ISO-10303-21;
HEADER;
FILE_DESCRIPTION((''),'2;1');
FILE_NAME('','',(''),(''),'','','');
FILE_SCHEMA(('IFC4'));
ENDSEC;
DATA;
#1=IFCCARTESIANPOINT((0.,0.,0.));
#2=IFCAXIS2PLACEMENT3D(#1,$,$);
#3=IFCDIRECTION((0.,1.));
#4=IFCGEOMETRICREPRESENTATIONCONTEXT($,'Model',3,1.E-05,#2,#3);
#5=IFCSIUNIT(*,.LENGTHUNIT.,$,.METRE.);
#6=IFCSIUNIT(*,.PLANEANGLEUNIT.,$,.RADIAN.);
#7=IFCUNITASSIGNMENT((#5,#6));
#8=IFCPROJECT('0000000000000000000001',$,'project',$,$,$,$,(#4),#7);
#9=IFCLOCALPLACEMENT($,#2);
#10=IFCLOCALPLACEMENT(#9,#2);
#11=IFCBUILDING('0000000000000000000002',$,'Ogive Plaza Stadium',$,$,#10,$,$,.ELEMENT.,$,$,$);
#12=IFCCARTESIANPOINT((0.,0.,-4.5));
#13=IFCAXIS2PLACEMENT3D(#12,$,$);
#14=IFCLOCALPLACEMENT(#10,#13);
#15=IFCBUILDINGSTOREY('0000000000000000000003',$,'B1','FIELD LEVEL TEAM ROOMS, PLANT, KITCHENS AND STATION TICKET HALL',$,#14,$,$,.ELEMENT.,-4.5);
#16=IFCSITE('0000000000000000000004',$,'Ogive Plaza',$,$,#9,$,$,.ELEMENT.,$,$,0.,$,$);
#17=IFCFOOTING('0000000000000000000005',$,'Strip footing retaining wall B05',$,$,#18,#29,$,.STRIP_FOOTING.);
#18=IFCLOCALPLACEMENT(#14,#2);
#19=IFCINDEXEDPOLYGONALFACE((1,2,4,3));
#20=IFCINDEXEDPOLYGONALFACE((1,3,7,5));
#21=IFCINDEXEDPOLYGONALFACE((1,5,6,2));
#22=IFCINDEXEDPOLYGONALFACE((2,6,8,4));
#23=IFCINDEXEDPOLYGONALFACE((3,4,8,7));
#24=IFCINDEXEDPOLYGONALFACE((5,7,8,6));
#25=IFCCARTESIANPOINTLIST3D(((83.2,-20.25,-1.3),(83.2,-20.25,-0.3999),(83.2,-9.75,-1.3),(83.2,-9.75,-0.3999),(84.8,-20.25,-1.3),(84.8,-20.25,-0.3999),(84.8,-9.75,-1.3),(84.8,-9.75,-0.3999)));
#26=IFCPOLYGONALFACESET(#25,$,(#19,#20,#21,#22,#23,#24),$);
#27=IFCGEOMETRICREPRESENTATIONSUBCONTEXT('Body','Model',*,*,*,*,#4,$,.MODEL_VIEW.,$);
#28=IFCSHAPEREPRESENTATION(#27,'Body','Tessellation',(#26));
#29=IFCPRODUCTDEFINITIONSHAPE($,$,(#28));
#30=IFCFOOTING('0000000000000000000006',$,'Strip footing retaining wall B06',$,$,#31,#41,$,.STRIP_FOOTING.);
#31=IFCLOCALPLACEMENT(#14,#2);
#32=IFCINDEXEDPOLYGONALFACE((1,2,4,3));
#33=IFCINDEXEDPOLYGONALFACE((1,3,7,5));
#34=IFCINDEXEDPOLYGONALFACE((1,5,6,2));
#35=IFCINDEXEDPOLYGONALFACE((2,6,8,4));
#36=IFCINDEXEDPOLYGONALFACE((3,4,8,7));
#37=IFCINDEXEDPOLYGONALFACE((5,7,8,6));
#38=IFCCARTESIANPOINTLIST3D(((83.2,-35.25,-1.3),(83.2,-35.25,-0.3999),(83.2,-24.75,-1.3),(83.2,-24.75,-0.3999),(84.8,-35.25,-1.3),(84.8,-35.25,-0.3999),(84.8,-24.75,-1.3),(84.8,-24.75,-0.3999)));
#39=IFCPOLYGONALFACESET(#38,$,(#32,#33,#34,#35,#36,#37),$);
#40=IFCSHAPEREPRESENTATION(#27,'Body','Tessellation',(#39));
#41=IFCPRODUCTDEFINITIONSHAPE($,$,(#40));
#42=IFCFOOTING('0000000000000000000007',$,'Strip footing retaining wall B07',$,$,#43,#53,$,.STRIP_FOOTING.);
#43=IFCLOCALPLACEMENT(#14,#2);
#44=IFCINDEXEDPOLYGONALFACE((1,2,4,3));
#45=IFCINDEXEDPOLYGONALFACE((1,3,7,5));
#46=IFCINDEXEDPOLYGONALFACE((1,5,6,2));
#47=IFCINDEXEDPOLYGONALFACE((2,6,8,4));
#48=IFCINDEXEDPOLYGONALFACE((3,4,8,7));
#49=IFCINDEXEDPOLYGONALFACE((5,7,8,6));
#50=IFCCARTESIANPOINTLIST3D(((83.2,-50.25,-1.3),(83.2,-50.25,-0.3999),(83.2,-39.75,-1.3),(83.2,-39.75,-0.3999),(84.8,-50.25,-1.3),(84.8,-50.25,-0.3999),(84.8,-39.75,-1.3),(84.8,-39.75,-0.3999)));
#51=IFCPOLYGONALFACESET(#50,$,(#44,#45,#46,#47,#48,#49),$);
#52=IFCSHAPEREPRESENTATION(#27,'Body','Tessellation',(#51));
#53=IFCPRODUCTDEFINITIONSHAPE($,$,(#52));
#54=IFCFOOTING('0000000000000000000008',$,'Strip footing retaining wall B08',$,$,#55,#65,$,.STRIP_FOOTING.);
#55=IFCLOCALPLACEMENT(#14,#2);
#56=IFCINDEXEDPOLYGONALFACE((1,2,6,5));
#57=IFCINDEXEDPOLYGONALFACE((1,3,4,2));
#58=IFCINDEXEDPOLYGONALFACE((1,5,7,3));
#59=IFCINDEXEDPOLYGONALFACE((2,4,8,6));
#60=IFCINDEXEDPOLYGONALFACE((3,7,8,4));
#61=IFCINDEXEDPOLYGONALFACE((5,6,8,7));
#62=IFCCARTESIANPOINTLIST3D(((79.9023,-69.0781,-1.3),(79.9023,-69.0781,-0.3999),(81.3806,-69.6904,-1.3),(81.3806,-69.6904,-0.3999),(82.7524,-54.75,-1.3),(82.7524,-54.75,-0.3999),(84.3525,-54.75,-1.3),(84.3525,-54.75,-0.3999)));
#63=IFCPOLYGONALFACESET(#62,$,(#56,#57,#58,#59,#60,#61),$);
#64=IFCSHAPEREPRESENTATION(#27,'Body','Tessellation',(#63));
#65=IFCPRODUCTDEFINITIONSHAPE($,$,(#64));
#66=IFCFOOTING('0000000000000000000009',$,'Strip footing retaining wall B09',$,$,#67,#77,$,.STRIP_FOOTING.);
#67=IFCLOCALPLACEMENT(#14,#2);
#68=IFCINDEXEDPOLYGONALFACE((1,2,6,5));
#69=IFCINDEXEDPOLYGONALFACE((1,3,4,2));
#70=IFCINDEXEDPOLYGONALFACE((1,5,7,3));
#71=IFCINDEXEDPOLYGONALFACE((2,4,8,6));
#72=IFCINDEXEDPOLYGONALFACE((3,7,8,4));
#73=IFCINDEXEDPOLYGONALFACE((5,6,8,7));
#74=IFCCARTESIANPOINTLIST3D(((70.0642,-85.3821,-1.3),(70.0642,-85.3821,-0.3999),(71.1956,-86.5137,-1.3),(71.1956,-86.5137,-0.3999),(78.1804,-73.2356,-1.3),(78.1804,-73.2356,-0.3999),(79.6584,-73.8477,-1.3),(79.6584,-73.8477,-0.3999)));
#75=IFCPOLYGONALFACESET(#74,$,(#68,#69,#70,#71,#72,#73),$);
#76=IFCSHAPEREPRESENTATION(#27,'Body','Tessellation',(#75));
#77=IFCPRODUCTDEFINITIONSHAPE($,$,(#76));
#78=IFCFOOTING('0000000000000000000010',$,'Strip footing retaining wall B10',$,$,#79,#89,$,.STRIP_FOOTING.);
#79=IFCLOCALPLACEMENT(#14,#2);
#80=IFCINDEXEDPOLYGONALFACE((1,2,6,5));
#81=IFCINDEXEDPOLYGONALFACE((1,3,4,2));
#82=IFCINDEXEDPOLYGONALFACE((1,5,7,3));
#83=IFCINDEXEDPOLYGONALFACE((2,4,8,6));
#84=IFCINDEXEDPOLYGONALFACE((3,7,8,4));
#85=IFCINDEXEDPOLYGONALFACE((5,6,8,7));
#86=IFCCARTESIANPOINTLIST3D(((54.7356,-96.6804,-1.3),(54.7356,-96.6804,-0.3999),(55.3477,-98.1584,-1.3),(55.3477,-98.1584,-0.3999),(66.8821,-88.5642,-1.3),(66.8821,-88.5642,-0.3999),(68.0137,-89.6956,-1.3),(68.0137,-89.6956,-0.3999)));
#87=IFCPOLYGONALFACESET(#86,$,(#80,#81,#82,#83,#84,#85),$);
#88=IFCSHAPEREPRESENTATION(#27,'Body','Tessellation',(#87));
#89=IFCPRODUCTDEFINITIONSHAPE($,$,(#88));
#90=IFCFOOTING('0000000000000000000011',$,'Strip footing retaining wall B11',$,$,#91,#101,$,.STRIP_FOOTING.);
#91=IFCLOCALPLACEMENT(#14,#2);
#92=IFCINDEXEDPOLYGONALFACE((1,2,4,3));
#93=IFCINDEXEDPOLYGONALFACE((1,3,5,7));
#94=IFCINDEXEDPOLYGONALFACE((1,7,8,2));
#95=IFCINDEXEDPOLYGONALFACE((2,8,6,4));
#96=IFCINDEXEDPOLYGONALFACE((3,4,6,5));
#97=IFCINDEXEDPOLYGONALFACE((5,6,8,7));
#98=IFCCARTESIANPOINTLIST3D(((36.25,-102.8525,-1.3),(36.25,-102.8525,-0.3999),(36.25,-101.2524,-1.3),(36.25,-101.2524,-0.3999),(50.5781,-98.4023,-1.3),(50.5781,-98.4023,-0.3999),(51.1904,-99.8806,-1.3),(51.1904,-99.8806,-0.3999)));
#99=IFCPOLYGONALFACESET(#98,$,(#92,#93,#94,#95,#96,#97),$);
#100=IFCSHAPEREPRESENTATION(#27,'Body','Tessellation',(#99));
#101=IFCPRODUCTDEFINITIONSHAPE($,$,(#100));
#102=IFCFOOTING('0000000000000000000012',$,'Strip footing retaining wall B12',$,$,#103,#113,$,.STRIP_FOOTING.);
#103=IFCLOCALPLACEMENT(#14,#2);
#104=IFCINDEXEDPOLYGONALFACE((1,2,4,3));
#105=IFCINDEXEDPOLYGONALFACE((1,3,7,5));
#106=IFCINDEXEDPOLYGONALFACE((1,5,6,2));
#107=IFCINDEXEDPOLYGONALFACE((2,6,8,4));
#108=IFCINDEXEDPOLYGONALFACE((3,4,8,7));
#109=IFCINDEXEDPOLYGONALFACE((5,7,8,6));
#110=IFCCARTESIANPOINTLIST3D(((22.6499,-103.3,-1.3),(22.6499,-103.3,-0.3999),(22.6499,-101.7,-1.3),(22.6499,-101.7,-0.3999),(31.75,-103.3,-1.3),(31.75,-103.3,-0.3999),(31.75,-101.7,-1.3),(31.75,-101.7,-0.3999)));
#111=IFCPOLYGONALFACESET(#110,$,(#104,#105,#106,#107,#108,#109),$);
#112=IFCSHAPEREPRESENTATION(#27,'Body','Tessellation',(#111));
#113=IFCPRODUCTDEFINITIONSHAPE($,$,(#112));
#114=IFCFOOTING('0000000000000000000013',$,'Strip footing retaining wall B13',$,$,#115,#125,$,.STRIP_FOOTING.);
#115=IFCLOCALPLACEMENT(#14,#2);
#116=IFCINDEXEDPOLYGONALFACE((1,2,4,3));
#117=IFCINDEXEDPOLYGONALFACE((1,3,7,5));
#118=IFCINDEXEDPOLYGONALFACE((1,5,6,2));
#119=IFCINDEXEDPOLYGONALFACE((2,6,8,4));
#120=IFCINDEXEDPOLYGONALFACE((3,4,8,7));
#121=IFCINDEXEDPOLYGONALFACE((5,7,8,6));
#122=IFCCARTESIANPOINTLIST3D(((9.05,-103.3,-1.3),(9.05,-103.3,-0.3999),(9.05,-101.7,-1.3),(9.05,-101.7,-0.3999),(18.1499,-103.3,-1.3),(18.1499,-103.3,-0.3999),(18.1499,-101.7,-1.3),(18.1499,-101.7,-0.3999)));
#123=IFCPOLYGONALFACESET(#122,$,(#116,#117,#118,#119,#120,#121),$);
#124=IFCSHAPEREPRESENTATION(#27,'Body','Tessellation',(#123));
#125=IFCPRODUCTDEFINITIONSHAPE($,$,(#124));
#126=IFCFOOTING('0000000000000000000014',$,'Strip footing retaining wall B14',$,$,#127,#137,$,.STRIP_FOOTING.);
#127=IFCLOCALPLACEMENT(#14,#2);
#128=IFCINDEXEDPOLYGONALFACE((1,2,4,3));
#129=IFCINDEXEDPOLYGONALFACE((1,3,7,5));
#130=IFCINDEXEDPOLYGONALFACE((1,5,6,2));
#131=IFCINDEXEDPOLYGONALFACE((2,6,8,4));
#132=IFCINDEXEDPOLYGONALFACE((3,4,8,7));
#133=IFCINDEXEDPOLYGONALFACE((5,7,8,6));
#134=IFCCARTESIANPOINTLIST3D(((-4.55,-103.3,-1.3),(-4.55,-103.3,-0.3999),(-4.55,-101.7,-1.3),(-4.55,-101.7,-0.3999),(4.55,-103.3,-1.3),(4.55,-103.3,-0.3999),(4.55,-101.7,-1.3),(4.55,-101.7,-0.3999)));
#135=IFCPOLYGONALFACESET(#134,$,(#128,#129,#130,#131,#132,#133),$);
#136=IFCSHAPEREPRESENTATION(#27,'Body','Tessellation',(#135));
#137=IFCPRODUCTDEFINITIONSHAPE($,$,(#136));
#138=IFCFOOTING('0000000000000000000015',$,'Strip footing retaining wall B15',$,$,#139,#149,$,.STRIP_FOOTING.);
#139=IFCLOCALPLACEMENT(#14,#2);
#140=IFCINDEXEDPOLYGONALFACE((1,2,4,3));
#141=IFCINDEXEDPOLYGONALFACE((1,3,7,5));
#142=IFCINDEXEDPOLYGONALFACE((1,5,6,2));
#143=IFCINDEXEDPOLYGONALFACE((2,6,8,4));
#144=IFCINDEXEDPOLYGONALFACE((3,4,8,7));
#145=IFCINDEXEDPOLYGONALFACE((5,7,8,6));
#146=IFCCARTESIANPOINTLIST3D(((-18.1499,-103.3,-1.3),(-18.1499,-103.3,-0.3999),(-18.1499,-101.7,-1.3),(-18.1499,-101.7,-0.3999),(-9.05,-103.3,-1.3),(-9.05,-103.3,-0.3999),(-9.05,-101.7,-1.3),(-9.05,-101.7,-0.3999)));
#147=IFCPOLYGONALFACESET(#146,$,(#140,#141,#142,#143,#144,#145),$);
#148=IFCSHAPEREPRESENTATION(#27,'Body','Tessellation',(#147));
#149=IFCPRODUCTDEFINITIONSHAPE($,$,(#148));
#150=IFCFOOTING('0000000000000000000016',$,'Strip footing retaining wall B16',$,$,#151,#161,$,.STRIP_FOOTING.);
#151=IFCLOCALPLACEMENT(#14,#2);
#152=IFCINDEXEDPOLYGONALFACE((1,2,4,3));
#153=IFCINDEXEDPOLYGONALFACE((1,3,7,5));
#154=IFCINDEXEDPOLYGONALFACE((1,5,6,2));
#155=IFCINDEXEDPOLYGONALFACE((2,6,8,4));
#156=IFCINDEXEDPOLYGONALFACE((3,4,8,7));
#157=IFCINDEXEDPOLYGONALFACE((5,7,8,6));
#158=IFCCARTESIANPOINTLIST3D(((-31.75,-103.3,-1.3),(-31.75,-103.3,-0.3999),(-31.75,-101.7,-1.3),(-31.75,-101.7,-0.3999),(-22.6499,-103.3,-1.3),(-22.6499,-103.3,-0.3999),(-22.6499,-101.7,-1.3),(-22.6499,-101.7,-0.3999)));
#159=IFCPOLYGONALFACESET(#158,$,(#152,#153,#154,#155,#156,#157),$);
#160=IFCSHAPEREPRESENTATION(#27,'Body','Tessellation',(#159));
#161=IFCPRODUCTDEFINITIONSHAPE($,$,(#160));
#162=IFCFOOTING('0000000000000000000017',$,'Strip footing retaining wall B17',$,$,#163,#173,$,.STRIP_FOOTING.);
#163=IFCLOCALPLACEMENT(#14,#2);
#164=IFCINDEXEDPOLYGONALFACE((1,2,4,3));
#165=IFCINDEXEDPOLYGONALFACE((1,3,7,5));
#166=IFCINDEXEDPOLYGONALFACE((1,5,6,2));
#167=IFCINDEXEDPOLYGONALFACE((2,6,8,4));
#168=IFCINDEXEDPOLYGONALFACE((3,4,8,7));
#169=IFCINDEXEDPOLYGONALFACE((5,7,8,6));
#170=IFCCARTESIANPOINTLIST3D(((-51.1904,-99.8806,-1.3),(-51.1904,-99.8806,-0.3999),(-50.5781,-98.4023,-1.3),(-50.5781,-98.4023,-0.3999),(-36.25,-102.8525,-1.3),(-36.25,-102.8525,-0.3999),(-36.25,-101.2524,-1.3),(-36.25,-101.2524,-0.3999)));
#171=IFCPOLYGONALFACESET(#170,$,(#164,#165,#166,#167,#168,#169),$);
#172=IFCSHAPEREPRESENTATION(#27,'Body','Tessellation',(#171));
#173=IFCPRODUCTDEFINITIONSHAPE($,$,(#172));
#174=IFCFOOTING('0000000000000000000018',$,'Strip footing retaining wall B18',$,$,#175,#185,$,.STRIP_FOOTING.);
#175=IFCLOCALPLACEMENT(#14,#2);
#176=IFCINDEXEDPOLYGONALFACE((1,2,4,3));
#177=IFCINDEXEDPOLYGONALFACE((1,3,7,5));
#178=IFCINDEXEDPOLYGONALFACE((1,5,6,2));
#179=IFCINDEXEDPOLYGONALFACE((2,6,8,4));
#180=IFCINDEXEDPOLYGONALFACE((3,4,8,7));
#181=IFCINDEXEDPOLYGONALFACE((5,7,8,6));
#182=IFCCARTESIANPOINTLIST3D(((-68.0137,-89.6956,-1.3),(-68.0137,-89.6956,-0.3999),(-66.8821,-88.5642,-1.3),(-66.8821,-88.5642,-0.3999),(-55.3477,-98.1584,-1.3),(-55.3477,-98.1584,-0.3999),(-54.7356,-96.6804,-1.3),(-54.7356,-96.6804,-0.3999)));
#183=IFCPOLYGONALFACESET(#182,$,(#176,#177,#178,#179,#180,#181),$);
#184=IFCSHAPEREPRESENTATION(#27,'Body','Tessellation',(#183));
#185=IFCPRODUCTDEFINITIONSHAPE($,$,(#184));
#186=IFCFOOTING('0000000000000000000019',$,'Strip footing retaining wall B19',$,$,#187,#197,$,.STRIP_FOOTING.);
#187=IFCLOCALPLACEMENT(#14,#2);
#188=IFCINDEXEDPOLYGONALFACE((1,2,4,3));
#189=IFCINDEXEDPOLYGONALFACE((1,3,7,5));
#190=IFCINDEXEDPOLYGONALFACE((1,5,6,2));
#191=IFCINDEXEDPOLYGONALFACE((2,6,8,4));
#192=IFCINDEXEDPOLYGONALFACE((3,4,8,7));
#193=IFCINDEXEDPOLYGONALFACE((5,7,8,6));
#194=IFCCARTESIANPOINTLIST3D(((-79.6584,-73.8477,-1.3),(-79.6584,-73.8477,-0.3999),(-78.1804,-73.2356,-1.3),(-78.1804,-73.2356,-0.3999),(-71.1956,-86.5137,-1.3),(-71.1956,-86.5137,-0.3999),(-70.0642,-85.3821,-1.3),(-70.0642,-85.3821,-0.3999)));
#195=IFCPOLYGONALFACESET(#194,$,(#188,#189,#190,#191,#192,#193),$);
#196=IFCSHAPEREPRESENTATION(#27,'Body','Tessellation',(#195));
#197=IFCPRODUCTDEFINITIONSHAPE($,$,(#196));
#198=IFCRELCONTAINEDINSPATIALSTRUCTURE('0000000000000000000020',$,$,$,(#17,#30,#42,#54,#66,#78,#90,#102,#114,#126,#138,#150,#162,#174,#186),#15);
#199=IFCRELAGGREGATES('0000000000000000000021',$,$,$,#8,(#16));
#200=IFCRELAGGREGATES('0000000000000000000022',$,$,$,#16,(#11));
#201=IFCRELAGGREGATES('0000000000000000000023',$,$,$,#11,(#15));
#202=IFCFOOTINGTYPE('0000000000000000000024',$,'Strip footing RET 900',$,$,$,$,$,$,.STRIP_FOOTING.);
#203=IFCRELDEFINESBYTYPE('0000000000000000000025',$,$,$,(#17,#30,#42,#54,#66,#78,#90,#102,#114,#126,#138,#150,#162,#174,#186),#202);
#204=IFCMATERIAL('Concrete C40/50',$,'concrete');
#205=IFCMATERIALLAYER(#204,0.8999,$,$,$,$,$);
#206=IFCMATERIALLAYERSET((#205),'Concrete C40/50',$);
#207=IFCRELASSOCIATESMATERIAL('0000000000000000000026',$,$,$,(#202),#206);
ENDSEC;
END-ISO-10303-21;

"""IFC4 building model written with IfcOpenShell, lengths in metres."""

from ifc_helpers import new_model, si_unit, direction, frame, origin, place, context, subcontext, project, spatial, polyline, outline, extrude, material, layer, layer_set, type_object, element, save


model = new_model("IFC4")

# Units and contexts
model_context = context("Model", 3, precision=1e-05, world=origin(), true_north=direction((0.0, 1.0)))
body_context = subcontext(model_context, "Body", "Model", "MODEL_VIEW")
ifc_project = project(units=[si_unit("LENGTHUNIT", "METRE"), si_unit("PLANEANGLEUNIT", "RADIAN")], contexts=[model_context])

# Site, building, storey
site_placement = place(None, origin())
site = spatial("IfcSite", under=ifc_project, at=site_placement, Name="Ogive Plaza", CompositionType="ELEMENT", RefElevation=0.0)
building_placement = place(site_placement, origin())
building = spatial("IfcBuilding", under=site, at=building_placement, Name="Ogive Plaza Stadium", CompositionType="ELEMENT")
storey_placement = place(building_placement, frame((0.0, 0.0, -4.5)))
storey = spatial("IfcBuildingStorey", under=building, at=storey_placement, Name="B1", Description="FIELD LEVEL TEAM ROOMS, PLANT, KITCHENS AND STATION TICKET HALL", CompositionType="ELEMENT", Elevation=-4.5)

# Footings
ifc_material_1 = material(Name="Concrete C40/50", Category="concrete")
ifc_layer_1 = layer(ifc_material_1, 0.8999)
ifc_layer_set_1 = layer_set([ifc_layer_1], Name="Concrete C40/50")
footing_type_1 = type_object("IfcFootingType", Name="Strip footing RET 900", PredefinedType="STRIP_FOOTING", material=ifc_layer_set_1)
footing_1_placement = place(storey_placement, frame((0.0, 0.0, -1.3)))
element("IfcFooting", 1, at=footing_1_placement, inside=storey, type_object=footing_type_1, Name="Strip footing retaining wall B05", PredefinedType="STRIP_FOOTING", context=body_context, shape_type="SweptSolid", body=[
    extrude(outline(polyline([(83.2, -20.25), (84.8, -20.25), (84.8, -9.75), (83.2, -9.75), (83.2, -20.25)])), origin(), (0.0, 0.0, 1.0), 0.9001),
])
footing_2_placement = place(storey_placement, frame((0.0, 0.0, -1.3)))
element("IfcFooting", 2, at=footing_2_placement, inside=storey, type_object=footing_type_1, Name="Strip footing retaining wall B06", PredefinedType="STRIP_FOOTING", context=body_context, shape_type="SweptSolid", body=[
    extrude(outline(polyline([(83.2, -35.25), (84.8, -35.25), (84.8, -24.75), (83.2, -24.75), (83.2, -35.25)])), origin(), (0.0, 0.0, 1.0), 0.9001),
])
footing_3_placement = place(storey_placement, frame((0.0, 0.0, -1.3)))
element("IfcFooting", 3, at=footing_3_placement, inside=storey, type_object=footing_type_1, Name="Strip footing retaining wall B07", PredefinedType="STRIP_FOOTING", context=body_context, shape_type="SweptSolid", body=[
    extrude(outline(polyline([(83.2, -50.25), (84.8, -50.25), (84.8, -39.75), (83.2, -39.75), (83.2, -50.25)])), origin(), (0.0, 0.0, 1.0), 0.9001),
])
footing_4_placement = place(storey_placement, frame((0.0, 0.0, -1.3)))
element("IfcFooting", 4, at=footing_4_placement, inside=storey, type_object=footing_type_1, Name="Strip footing retaining wall B08", PredefinedType="STRIP_FOOTING", context=body_context, shape_type="SweptSolid", body=[
    extrude(outline(polyline([(79.9023, -69.0781), (81.3806, -69.6904), (84.3525, -54.75), (82.7524, -54.75), (79.9023, -69.0781)])), origin(), (0.0, 0.0, 1.0), 0.9001),
])
footing_5_placement = place(storey_placement, frame((0.0, 0.0, -1.3)))
element("IfcFooting", 5, at=footing_5_placement, inside=storey, type_object=footing_type_1, Name="Strip footing retaining wall B09", PredefinedType="STRIP_FOOTING", context=body_context, shape_type="SweptSolid", body=[
    extrude(outline(polyline([(70.0642, -85.3821), (71.1956, -86.5137), (79.6584, -73.8477), (78.1804, -73.2356), (70.0642, -85.3821)])), origin(), (0.0, 0.0, 1.0), 0.9001),
])
footing_6_placement = place(storey_placement, frame((0.0, 0.0, -1.3)))
element("IfcFooting", 6, at=footing_6_placement, inside=storey, type_object=footing_type_1, Name="Strip footing retaining wall B10", PredefinedType="STRIP_FOOTING", context=body_context, shape_type="SweptSolid", body=[
    extrude(outline(polyline([(54.7356, -96.6804), (55.3477, -98.1584), (68.0137, -89.6956), (66.8821, -88.5642), (54.7356, -96.6804)])), origin(), (0.0, 0.0, 1.0), 0.9001),
])
footing_7_placement = place(storey_placement, frame((0.0, 0.0, -1.3)))
element("IfcFooting", 7, at=footing_7_placement, inside=storey, type_object=footing_type_1, Name="Strip footing retaining wall B11", PredefinedType="STRIP_FOOTING", context=body_context, shape_type="SweptSolid", body=[
    extrude(outline(polyline([(36.25, -101.2524), (36.25, -102.8525), (51.1904, -99.8806), (50.5781, -98.4023), (36.25, -101.2524)])), origin(), (0.0, 0.0, 1.0), 0.9001),
])
footing_8_placement = place(storey_placement, frame((0.0, 0.0, -1.3)))
element("IfcFooting", 8, at=footing_8_placement, inside=storey, type_object=footing_type_1, Name="Strip footing retaining wall B12", PredefinedType="STRIP_FOOTING", context=body_context, shape_type="SweptSolid", body=[
    extrude(outline(polyline([(22.6499, -101.7), (22.6499, -103.3), (31.75, -103.3), (31.75, -101.7), (22.6499, -101.7)])), origin(), (0.0, 0.0, 1.0), 0.9001),
])
footing_9_placement = place(storey_placement, frame((0.0, 0.0, -1.3)))
element("IfcFooting", 9, at=footing_9_placement, inside=storey, type_object=footing_type_1, Name="Strip footing retaining wall B13", PredefinedType="STRIP_FOOTING", context=body_context, shape_type="SweptSolid", body=[
    extrude(outline(polyline([(9.05, -101.7), (9.05, -103.3), (18.1499, -103.3), (18.1499, -101.7), (9.05, -101.7)])), origin(), (0.0, 0.0, 1.0), 0.9001),
])
footing_10_placement = place(storey_placement, frame((0.0, 0.0, -1.3)))
element("IfcFooting", 10, at=footing_10_placement, inside=storey, type_object=footing_type_1, Name="Strip footing retaining wall B14", PredefinedType="STRIP_FOOTING", context=body_context, shape_type="SweptSolid", body=[
    extrude(outline(polyline([(-4.55, -101.7), (-4.55, -103.3), (4.55, -103.3), (4.55, -101.7), (-4.55, -101.7)])), origin(), (0.0, 0.0, 1.0), 0.9001),
])
footing_11_placement = place(storey_placement, frame((0.0, 0.0, -1.3)))
element("IfcFooting", 11, at=footing_11_placement, inside=storey, type_object=footing_type_1, Name="Strip footing retaining wall B15", PredefinedType="STRIP_FOOTING", context=body_context, shape_type="SweptSolid", body=[
    extrude(outline(polyline([(-18.1499, -101.7), (-18.1499, -103.3), (-9.05, -103.3), (-9.05, -101.7), (-18.1499, -101.7)])), origin(), (0.0, 0.0, 1.0), 0.9001),
])
footing_12_placement = place(storey_placement, frame((0.0, 0.0, -1.3)))
element("IfcFooting", 12, at=footing_12_placement, inside=storey, type_object=footing_type_1, Name="Strip footing retaining wall B16", PredefinedType="STRIP_FOOTING", context=body_context, shape_type="SweptSolid", body=[
    extrude(outline(polyline([(-31.75, -101.7), (-31.75, -103.3), (-22.6499, -103.3), (-22.6499, -101.7), (-31.75, -101.7)])), origin(), (0.0, 0.0, 1.0), 0.9001),
])
footing_13_placement = place(storey_placement, frame((0.0, 0.0, -1.3)))
element("IfcFooting", 13, at=footing_13_placement, inside=storey, type_object=footing_type_1, Name="Strip footing retaining wall B17", PredefinedType="STRIP_FOOTING", context=body_context, shape_type="SweptSolid", body=[
    extrude(outline(polyline([(-50.5781, -98.4023), (-51.1904, -99.8806), (-36.25, -102.8525), (-36.25, -101.2524), (-50.5781, -98.4023)])), origin(), (0.0, 0.0, 1.0), 0.9001),
])
footing_14_placement = place(storey_placement, frame((0.0, 0.0, -1.3)))
element("IfcFooting", 14, at=footing_14_placement, inside=storey, type_object=footing_type_1, Name="Strip footing retaining wall B18", PredefinedType="STRIP_FOOTING", context=body_context, shape_type="SweptSolid", body=[
    extrude(outline(polyline([(-66.8821, -88.5642), (-68.0137, -89.6956), (-55.3477, -98.1584), (-54.7356, -96.6804), (-66.8821, -88.5642)])), origin(), (0.0, 0.0, 1.0), 0.9001),
])
footing_15_placement = place(storey_placement, frame((0.0, 0.0, -1.3)))
element("IfcFooting", 15, at=footing_15_placement, inside=storey, type_object=footing_type_1, Name="Strip footing retaining wall B19", PredefinedType="STRIP_FOOTING", context=body_context, shape_type="SweptSolid", body=[
    extrude(outline(polyline([(-78.1804, -73.2356), (-79.6584, -73.8477), (-71.1956, -86.5137), (-70.0642, -85.3821), (-78.1804, -73.2356)])), origin(), (0.0, 0.0, 1.0), 0.9001),
])

save(model, "model.ifc")
